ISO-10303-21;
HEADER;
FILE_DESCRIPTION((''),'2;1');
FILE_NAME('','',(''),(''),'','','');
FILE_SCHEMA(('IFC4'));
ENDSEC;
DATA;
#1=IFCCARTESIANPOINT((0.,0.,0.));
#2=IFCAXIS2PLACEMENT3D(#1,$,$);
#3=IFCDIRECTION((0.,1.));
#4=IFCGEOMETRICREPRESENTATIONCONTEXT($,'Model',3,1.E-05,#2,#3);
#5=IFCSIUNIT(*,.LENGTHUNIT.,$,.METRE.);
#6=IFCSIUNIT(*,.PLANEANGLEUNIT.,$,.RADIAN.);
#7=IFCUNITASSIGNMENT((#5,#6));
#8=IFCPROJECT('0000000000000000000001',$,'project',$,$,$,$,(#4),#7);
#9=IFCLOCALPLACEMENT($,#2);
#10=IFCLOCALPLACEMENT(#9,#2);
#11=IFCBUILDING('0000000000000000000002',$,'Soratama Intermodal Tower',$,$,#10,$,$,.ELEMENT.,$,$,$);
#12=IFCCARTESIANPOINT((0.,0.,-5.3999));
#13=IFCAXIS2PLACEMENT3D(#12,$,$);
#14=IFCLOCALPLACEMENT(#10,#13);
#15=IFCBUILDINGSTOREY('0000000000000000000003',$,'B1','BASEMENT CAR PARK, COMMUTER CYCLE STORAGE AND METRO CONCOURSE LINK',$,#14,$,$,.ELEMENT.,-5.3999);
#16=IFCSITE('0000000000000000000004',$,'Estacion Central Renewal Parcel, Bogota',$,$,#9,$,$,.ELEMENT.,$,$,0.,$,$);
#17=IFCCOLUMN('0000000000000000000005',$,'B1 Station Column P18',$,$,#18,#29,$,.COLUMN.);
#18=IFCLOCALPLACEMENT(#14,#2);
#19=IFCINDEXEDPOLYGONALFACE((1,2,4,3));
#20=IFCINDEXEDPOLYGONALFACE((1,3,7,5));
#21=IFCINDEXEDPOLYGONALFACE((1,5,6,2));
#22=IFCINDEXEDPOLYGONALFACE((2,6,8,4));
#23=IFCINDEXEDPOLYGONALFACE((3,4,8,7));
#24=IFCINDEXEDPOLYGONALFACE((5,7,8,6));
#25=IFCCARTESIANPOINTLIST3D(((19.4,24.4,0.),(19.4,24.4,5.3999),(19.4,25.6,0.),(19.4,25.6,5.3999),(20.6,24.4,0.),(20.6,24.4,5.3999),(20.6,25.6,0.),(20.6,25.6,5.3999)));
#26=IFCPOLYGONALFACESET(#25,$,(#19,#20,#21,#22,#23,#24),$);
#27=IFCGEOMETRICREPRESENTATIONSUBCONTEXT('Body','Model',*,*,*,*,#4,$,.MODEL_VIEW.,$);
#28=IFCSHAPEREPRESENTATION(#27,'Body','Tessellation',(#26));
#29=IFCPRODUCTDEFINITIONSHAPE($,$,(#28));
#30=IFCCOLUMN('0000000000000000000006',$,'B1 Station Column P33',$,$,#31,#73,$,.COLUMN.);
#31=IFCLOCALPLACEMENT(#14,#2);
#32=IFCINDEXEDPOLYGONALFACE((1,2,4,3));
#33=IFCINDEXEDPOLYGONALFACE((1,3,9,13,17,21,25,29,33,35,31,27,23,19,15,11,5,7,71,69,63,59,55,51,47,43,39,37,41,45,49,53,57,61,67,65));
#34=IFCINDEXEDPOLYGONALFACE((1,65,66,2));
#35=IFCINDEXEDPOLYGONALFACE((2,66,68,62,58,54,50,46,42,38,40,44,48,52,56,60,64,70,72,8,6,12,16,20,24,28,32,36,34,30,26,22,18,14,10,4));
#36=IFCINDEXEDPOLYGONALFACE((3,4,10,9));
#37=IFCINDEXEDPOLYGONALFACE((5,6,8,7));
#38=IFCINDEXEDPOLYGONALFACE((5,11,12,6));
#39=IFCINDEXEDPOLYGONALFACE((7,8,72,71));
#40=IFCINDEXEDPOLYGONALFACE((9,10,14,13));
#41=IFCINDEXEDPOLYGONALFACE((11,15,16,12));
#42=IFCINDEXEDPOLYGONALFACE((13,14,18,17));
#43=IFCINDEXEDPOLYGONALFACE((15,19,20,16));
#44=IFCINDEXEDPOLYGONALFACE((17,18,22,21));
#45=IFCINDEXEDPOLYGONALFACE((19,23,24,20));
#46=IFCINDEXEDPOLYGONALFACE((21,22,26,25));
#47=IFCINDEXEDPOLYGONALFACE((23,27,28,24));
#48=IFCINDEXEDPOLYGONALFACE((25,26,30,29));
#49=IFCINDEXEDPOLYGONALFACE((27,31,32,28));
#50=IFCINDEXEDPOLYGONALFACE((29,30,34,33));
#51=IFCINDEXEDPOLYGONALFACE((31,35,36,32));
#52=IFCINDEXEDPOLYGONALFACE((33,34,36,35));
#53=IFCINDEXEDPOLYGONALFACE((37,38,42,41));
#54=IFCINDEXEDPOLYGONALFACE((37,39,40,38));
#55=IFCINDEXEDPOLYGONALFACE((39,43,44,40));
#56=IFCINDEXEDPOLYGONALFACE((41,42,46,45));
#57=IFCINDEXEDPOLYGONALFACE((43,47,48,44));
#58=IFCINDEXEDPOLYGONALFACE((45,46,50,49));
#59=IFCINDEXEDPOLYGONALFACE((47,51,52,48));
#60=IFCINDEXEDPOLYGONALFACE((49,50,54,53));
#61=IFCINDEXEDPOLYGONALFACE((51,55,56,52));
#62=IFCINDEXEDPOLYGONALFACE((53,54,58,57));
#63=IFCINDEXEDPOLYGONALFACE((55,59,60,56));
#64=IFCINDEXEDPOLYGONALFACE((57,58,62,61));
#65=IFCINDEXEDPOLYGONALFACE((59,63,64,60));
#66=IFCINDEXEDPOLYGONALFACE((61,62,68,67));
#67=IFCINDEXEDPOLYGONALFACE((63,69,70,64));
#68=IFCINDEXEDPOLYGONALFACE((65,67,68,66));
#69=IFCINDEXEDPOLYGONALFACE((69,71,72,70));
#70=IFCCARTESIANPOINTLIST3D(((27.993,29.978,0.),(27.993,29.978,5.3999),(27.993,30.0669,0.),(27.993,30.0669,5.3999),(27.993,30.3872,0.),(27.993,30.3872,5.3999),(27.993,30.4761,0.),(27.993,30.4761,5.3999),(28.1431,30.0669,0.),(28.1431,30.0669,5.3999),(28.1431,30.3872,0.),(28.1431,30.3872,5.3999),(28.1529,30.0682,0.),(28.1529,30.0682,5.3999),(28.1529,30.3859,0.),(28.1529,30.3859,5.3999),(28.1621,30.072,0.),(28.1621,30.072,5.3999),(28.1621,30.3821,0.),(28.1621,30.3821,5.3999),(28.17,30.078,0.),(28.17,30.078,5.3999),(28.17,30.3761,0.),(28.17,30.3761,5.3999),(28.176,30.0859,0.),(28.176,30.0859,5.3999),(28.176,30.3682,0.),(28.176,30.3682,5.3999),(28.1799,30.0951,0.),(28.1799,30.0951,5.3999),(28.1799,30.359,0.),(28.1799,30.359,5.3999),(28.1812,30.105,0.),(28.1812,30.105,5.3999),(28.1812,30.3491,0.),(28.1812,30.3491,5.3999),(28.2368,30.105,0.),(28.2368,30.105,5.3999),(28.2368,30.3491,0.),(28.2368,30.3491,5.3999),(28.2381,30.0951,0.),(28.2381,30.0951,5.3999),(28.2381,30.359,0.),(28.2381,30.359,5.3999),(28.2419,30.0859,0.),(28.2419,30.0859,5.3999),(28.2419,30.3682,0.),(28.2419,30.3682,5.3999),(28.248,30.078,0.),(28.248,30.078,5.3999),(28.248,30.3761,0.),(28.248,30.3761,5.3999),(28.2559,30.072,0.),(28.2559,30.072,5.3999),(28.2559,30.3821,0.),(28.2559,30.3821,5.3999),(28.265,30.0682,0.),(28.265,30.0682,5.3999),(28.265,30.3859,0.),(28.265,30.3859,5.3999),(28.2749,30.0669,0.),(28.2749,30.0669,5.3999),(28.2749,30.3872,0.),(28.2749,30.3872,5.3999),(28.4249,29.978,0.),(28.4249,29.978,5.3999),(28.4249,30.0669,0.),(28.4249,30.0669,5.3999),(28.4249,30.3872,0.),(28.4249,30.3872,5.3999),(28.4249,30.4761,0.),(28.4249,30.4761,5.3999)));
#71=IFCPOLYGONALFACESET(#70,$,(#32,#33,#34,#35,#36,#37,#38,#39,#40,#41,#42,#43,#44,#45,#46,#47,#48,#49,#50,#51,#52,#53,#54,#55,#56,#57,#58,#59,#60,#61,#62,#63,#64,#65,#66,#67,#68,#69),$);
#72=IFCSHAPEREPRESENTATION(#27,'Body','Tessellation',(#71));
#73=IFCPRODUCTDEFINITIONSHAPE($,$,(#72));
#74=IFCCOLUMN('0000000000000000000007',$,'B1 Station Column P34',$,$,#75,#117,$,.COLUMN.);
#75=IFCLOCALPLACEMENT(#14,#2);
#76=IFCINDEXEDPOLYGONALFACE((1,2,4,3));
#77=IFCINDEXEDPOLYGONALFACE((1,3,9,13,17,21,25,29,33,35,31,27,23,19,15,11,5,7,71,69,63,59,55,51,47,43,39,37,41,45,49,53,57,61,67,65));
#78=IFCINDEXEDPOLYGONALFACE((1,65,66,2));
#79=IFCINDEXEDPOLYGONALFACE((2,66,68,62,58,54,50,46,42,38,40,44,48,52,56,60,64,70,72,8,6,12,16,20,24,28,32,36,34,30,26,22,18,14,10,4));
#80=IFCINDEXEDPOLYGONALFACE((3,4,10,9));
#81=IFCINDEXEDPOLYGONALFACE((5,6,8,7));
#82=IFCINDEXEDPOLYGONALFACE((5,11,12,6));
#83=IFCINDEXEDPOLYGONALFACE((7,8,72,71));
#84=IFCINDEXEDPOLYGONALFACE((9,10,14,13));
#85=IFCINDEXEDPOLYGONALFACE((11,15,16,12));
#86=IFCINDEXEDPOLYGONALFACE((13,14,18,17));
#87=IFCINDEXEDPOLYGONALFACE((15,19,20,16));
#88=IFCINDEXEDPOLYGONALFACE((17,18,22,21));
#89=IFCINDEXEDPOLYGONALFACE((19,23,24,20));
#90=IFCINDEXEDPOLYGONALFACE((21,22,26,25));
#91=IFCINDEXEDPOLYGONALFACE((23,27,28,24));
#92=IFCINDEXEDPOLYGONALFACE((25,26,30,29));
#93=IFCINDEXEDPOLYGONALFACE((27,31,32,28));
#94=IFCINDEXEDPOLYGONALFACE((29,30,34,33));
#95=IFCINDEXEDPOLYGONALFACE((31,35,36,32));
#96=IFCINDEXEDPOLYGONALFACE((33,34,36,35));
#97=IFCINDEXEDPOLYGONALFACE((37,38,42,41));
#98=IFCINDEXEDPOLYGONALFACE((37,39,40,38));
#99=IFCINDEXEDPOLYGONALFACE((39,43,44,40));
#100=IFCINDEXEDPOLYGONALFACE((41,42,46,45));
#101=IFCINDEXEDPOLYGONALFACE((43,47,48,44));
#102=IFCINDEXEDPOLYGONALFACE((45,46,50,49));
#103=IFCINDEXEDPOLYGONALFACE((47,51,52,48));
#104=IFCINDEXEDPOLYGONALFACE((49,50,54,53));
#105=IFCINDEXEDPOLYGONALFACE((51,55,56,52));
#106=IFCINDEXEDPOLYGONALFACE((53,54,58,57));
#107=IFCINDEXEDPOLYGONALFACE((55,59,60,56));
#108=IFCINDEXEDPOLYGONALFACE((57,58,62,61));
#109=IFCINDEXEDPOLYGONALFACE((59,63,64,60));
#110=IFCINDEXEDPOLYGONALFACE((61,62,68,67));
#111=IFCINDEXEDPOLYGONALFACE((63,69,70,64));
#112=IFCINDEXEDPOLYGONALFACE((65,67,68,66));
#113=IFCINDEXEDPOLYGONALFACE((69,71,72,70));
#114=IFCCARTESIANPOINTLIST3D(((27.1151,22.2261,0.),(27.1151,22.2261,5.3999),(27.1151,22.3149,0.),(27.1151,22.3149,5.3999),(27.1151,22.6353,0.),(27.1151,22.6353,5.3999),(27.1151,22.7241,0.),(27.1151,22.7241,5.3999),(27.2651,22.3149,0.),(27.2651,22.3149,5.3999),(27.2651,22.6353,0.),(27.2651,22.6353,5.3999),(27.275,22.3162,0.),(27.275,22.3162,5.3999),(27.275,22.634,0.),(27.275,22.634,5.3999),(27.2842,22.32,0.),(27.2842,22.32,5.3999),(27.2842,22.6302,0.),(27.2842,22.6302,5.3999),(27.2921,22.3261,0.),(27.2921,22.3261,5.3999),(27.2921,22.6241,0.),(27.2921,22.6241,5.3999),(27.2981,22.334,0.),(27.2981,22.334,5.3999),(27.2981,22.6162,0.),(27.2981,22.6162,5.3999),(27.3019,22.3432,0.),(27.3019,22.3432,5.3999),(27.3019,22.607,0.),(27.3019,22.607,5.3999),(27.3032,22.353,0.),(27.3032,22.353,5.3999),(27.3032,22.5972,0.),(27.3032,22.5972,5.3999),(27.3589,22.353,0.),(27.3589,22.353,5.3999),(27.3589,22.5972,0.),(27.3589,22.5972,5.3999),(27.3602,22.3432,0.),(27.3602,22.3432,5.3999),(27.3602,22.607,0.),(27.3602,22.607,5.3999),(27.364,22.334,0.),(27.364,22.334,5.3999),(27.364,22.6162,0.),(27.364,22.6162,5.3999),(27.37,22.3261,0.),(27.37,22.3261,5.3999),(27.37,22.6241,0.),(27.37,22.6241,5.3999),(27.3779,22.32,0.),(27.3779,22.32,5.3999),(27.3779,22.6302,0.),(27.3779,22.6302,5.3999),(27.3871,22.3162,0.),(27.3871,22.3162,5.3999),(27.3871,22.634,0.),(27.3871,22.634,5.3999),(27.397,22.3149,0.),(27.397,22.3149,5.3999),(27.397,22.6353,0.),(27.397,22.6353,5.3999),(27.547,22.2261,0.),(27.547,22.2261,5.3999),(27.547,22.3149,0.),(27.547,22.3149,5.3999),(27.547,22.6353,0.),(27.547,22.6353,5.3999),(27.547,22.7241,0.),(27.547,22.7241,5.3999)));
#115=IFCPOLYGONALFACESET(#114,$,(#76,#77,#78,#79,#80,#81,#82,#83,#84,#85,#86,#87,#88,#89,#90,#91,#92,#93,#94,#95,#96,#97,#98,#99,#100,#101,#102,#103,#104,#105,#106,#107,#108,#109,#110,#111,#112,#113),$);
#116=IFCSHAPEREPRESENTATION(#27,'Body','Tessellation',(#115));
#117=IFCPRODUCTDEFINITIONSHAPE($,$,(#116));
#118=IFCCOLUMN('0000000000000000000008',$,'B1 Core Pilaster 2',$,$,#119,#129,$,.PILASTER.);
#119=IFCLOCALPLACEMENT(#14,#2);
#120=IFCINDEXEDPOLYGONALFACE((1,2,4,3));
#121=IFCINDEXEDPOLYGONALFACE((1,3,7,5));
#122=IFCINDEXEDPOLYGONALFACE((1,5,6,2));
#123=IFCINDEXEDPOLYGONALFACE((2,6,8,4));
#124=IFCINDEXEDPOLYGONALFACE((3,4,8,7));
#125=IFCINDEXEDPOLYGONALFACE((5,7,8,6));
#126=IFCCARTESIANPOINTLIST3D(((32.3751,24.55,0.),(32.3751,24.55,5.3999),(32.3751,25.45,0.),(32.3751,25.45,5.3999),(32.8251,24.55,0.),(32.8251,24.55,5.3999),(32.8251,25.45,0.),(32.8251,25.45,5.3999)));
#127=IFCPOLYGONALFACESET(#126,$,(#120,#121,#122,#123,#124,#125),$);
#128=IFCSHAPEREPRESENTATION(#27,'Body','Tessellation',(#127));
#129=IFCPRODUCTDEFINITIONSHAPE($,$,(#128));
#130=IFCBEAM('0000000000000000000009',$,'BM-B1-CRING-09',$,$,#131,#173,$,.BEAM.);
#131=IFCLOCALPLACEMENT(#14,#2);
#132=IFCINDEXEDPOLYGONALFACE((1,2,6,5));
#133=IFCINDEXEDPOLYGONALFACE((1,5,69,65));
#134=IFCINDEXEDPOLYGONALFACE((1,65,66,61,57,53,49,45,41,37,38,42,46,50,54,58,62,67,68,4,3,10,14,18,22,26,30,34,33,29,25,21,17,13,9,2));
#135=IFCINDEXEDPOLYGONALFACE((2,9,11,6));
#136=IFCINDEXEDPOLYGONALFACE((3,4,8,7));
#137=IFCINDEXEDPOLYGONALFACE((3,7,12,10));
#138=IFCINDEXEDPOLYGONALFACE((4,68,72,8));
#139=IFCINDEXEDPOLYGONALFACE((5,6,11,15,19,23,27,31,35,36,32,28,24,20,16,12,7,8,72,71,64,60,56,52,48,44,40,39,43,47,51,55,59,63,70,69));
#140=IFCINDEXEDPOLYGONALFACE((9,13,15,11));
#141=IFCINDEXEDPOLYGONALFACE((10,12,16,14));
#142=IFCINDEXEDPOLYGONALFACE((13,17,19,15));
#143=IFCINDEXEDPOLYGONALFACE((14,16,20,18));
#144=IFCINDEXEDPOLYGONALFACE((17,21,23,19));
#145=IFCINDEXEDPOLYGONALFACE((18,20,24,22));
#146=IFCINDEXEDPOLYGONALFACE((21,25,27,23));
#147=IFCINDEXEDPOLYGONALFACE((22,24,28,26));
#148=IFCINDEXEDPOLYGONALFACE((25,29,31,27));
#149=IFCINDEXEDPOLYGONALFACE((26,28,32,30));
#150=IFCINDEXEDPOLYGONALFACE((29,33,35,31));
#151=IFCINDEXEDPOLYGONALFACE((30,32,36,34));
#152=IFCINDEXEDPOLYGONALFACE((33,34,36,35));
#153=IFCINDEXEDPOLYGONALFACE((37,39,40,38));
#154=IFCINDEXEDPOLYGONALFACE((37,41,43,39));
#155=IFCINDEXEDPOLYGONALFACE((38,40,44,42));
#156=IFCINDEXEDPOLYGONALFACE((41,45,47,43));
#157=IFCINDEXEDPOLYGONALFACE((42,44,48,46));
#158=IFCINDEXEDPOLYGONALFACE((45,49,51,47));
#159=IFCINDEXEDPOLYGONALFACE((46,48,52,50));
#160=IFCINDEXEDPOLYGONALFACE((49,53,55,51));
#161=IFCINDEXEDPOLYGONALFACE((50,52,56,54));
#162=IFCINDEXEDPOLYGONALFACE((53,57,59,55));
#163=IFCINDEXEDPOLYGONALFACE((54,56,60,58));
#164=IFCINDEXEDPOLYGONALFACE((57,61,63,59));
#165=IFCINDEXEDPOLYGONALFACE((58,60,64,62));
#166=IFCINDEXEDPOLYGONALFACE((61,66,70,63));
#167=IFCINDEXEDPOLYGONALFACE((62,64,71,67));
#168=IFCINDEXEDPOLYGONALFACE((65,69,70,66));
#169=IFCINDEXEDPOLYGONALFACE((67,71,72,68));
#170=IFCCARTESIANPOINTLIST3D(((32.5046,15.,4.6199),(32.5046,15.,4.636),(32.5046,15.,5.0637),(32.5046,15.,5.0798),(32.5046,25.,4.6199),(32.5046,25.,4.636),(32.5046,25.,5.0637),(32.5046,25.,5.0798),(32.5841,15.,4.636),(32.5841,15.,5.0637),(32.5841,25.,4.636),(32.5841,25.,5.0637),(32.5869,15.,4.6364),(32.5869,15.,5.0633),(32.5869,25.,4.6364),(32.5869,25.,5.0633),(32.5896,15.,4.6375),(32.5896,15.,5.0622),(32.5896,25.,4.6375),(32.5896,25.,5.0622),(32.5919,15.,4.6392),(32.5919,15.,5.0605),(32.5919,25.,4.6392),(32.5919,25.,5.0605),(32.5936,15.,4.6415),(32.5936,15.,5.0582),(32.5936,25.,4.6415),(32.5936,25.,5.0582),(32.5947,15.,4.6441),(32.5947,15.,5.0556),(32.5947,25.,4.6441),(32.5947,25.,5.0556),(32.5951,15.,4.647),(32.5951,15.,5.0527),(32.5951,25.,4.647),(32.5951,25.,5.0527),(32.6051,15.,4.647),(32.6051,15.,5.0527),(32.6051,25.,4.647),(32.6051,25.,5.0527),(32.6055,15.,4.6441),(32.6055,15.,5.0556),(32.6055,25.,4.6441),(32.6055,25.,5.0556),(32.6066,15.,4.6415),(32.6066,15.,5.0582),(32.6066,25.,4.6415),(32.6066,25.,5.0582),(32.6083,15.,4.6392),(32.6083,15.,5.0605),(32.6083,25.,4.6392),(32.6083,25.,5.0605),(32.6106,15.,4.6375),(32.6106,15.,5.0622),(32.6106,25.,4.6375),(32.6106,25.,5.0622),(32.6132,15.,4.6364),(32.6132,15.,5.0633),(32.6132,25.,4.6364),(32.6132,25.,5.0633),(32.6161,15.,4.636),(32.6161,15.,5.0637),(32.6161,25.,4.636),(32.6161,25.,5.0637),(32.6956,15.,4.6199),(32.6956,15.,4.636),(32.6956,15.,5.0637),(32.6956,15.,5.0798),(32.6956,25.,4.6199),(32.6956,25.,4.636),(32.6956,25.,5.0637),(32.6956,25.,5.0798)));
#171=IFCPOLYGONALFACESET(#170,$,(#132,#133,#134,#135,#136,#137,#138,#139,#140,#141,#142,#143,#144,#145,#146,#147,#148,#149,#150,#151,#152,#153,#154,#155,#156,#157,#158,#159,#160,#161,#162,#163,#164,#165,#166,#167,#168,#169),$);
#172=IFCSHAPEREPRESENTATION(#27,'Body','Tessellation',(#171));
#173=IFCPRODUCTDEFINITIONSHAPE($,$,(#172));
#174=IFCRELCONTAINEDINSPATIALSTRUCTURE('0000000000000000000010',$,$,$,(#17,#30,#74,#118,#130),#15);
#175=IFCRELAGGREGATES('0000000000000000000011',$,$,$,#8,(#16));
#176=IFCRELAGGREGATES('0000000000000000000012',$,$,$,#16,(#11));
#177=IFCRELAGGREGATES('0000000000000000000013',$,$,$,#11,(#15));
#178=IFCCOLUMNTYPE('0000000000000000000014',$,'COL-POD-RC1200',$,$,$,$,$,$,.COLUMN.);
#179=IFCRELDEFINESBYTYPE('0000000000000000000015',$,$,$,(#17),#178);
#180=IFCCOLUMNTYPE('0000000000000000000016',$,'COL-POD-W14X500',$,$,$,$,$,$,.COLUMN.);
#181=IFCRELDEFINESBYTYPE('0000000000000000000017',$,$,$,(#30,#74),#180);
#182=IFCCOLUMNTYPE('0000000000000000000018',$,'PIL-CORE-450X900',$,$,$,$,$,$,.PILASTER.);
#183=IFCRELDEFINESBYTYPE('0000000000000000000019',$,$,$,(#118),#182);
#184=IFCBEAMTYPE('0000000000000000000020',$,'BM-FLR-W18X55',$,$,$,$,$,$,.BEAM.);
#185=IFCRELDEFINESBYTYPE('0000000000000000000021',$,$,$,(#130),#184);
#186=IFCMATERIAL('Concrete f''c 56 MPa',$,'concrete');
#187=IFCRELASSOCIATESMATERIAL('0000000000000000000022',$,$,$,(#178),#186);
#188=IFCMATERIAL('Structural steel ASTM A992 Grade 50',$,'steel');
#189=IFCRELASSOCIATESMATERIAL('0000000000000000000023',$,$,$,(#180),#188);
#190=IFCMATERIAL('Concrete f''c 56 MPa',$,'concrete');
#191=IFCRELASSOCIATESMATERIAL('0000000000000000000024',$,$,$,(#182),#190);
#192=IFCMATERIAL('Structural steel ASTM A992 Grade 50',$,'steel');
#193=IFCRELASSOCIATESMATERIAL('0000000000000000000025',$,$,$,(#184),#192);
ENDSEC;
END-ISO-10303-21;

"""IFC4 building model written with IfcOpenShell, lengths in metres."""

from ifc_helpers import new_model, si_unit, direction, frame, origin, origin_2d, place, context, subcontext, project, spatial, rectangle, i_section, extrude, material, material_profile, profile_set, type_object, element, save


model = new_model("IFC4")

# Units and contexts
model_context = context("Model", 3, precision=1e-05, world=origin(), true_north=direction((0.0, 1.0)))
body_context = subcontext(model_context, "Body", "Model", "MODEL_VIEW")
ifc_project = project(units=[si_unit("LENGTHUNIT", "METRE"), si_unit("PLANEANGLEUNIT", "RADIAN")], contexts=[model_context])

# Site, building, storey
site_placement = place(None, origin())
site = spatial("IfcSite", under=ifc_project, at=site_placement, Name="Estacion Central Renewal Parcel, Bogota", CompositionType="ELEMENT", RefElevation=0.0)
building_placement = place(site_placement, origin())
building = spatial("IfcBuilding", under=site, at=building_placement, Name="Soratama Intermodal Tower", CompositionType="ELEMENT")
storey_placement = place(building_placement, frame((0.0, 0.0, -5.3999)))
storey = spatial("IfcBuildingStorey", under=building, at=storey_placement, Name="B1", Description="BASEMENT CAR PARK, COMMUTER CYCLE STORAGE AND METRO CONCOURSE LINK", CompositionType="ELEMENT", Elevation=-5.3999)

# Columns
ifc_material_1 = material(Name="Concrete f'c 56 MPa", Category="concrete")
ifc_material_profile_1 = material_profile(ifc_material_1, rectangle(XDim=1.2, YDim=1.2, at=origin_2d()), Name="RC1200X1200")
ifc_profile_set_1 = profile_set([ifc_material_profile_1], Name="Concrete f'c 56 MPa")
column_type_1 = type_object("IfcColumnType", Name="COL-POD-RC1200", PredefinedType="COLUMN", material=ifc_profile_set_1)
column_1_placement = place(storey_placement, frame((20.0, 25.0, 0.0), z_axis=(0.0, 0.0, 1.0), x_axis=(1.0, 0.0, 0.0)))
element("IfcColumn", 1, at=column_1_placement, inside=storey, type_object=column_type_1, Name="B1 Station Column P18", PredefinedType="COLUMN", context=body_context, shape_type="SweptSolid", body=[
    extrude(rectangle(XDim=1.2, YDim=1.2, at=origin_2d()), origin(), (0.0, 0.0, 1.0), 5.3999),
])
ifc_material_2 = material(Name="Structural steel ASTM A992 Grade 50", Category="steel")
ifc_material_profile_2 = material_profile(ifc_material_2, i_section(OverallWidth=0.4319, OverallDepth=0.498, WebThickness=0.0557, FlangeThickness=0.0889, FilletRadius=0.0381, at=origin_2d()), Name="W14X500")
ifc_profile_set_2 = profile_set([ifc_material_profile_2], Name="Structural steel ASTM A992 Grade 50")
column_type_2 = type_object("IfcColumnType", Name="COL-POD-W14X500", PredefinedType="COLUMN", material=ifc_profile_set_2)
for number, where, z_axis, x_axis, name in (
    (2, (28.209, 30.2271, 0.0), (0.0, 0.0, 1.0), (1.0, 0.0, 0.0), "B1 Station Column P33"),
    (3, (27.3311, 22.4751, 0.0), (0.0, 0.0, 1.0), (1.0, 0.0, 0.0), "B1 Station Column P34"),
):
    element("IfcColumn", number, at=place(storey_placement, frame(where, z_axis=z_axis, x_axis=x_axis)), inside=storey, type_object=column_type_2, Name=name, PredefinedType="COLUMN", context=body_context, shape_type="SweptSolid", body=[
        extrude(i_section(OverallWidth=0.4319, OverallDepth=0.498, WebThickness=0.0557, FlangeThickness=0.0889, FilletRadius=0.0381, at=origin_2d()), origin(), (0.0, 0.0, 1.0), 5.3999),
    ])
ifc_material_3 = material(Name="Concrete f'c 56 MPa", Category="concrete")
ifc_material_profile_3 = material_profile(ifc_material_3, rectangle(XDim=0.45, YDim=0.8999, at=origin_2d()), Name="RC450X900")
ifc_profile_set_3 = profile_set([ifc_material_profile_3], Name="Concrete f'c 56 MPa")
column_type_3 = type_object("IfcColumnType", Name="PIL-CORE-450X900", PredefinedType="PILASTER", material=ifc_profile_set_3)
column_2_placement = place(storey_placement, frame((32.6001, 25.0, 0.0), z_axis=(0.0, 0.0, 1.0), x_axis=(1.0, 0.0, 0.0)))
element("IfcColumn", 4, at=column_2_placement, inside=storey, type_object=column_type_3, Name="B1 Core Pilaster 2", PredefinedType="PILASTER", context=body_context, shape_type="SweptSolid", body=[
    extrude(rectangle(XDim=0.45, YDim=0.8999, at=origin_2d()), origin(), (0.0, 0.0, 1.0), 5.3999),
])

# Beam
ifc_material_4 = material(Name="Structural steel ASTM A992 Grade 50", Category="steel")
ifc_material_profile_4 = material_profile(ifc_material_4, i_section(OverallWidth=0.1909, OverallDepth=0.46, WebThickness=0.01, FlangeThickness=0.0161, FilletRadius=0.011, at=origin_2d()), Name="W18X55")
ifc_profile_set_4 = profile_set([ifc_material_profile_4], Name="Structural steel ASTM A992 Grade 50")
beam_type_1 = type_object("IfcBeamType", Name="BM-FLR-W18X55", PredefinedType="BEAM", material=ifc_profile_set_4)
beam_1_placement = place(storey_placement, frame((32.6001, 25.0, 4.8499), z_axis=(0.0, -1.0, 0.0), x_axis=(1.0, 0.0, 0.0)))
element("IfcBeam", 5, at=beam_1_placement, inside=storey, type_object=beam_type_1, Name="BM-B1-CRING-09", PredefinedType="BEAM", context=body_context, shape_type="SweptSolid", body=[
    extrude(i_section(OverallWidth=0.1909, OverallDepth=0.46, WebThickness=0.01, FlangeThickness=0.0161, FilletRadius=0.011, at=origin_2d()), origin(), (0.0, 0.0, 1.0), 10.0),
])

save(model, "model.ifc")
